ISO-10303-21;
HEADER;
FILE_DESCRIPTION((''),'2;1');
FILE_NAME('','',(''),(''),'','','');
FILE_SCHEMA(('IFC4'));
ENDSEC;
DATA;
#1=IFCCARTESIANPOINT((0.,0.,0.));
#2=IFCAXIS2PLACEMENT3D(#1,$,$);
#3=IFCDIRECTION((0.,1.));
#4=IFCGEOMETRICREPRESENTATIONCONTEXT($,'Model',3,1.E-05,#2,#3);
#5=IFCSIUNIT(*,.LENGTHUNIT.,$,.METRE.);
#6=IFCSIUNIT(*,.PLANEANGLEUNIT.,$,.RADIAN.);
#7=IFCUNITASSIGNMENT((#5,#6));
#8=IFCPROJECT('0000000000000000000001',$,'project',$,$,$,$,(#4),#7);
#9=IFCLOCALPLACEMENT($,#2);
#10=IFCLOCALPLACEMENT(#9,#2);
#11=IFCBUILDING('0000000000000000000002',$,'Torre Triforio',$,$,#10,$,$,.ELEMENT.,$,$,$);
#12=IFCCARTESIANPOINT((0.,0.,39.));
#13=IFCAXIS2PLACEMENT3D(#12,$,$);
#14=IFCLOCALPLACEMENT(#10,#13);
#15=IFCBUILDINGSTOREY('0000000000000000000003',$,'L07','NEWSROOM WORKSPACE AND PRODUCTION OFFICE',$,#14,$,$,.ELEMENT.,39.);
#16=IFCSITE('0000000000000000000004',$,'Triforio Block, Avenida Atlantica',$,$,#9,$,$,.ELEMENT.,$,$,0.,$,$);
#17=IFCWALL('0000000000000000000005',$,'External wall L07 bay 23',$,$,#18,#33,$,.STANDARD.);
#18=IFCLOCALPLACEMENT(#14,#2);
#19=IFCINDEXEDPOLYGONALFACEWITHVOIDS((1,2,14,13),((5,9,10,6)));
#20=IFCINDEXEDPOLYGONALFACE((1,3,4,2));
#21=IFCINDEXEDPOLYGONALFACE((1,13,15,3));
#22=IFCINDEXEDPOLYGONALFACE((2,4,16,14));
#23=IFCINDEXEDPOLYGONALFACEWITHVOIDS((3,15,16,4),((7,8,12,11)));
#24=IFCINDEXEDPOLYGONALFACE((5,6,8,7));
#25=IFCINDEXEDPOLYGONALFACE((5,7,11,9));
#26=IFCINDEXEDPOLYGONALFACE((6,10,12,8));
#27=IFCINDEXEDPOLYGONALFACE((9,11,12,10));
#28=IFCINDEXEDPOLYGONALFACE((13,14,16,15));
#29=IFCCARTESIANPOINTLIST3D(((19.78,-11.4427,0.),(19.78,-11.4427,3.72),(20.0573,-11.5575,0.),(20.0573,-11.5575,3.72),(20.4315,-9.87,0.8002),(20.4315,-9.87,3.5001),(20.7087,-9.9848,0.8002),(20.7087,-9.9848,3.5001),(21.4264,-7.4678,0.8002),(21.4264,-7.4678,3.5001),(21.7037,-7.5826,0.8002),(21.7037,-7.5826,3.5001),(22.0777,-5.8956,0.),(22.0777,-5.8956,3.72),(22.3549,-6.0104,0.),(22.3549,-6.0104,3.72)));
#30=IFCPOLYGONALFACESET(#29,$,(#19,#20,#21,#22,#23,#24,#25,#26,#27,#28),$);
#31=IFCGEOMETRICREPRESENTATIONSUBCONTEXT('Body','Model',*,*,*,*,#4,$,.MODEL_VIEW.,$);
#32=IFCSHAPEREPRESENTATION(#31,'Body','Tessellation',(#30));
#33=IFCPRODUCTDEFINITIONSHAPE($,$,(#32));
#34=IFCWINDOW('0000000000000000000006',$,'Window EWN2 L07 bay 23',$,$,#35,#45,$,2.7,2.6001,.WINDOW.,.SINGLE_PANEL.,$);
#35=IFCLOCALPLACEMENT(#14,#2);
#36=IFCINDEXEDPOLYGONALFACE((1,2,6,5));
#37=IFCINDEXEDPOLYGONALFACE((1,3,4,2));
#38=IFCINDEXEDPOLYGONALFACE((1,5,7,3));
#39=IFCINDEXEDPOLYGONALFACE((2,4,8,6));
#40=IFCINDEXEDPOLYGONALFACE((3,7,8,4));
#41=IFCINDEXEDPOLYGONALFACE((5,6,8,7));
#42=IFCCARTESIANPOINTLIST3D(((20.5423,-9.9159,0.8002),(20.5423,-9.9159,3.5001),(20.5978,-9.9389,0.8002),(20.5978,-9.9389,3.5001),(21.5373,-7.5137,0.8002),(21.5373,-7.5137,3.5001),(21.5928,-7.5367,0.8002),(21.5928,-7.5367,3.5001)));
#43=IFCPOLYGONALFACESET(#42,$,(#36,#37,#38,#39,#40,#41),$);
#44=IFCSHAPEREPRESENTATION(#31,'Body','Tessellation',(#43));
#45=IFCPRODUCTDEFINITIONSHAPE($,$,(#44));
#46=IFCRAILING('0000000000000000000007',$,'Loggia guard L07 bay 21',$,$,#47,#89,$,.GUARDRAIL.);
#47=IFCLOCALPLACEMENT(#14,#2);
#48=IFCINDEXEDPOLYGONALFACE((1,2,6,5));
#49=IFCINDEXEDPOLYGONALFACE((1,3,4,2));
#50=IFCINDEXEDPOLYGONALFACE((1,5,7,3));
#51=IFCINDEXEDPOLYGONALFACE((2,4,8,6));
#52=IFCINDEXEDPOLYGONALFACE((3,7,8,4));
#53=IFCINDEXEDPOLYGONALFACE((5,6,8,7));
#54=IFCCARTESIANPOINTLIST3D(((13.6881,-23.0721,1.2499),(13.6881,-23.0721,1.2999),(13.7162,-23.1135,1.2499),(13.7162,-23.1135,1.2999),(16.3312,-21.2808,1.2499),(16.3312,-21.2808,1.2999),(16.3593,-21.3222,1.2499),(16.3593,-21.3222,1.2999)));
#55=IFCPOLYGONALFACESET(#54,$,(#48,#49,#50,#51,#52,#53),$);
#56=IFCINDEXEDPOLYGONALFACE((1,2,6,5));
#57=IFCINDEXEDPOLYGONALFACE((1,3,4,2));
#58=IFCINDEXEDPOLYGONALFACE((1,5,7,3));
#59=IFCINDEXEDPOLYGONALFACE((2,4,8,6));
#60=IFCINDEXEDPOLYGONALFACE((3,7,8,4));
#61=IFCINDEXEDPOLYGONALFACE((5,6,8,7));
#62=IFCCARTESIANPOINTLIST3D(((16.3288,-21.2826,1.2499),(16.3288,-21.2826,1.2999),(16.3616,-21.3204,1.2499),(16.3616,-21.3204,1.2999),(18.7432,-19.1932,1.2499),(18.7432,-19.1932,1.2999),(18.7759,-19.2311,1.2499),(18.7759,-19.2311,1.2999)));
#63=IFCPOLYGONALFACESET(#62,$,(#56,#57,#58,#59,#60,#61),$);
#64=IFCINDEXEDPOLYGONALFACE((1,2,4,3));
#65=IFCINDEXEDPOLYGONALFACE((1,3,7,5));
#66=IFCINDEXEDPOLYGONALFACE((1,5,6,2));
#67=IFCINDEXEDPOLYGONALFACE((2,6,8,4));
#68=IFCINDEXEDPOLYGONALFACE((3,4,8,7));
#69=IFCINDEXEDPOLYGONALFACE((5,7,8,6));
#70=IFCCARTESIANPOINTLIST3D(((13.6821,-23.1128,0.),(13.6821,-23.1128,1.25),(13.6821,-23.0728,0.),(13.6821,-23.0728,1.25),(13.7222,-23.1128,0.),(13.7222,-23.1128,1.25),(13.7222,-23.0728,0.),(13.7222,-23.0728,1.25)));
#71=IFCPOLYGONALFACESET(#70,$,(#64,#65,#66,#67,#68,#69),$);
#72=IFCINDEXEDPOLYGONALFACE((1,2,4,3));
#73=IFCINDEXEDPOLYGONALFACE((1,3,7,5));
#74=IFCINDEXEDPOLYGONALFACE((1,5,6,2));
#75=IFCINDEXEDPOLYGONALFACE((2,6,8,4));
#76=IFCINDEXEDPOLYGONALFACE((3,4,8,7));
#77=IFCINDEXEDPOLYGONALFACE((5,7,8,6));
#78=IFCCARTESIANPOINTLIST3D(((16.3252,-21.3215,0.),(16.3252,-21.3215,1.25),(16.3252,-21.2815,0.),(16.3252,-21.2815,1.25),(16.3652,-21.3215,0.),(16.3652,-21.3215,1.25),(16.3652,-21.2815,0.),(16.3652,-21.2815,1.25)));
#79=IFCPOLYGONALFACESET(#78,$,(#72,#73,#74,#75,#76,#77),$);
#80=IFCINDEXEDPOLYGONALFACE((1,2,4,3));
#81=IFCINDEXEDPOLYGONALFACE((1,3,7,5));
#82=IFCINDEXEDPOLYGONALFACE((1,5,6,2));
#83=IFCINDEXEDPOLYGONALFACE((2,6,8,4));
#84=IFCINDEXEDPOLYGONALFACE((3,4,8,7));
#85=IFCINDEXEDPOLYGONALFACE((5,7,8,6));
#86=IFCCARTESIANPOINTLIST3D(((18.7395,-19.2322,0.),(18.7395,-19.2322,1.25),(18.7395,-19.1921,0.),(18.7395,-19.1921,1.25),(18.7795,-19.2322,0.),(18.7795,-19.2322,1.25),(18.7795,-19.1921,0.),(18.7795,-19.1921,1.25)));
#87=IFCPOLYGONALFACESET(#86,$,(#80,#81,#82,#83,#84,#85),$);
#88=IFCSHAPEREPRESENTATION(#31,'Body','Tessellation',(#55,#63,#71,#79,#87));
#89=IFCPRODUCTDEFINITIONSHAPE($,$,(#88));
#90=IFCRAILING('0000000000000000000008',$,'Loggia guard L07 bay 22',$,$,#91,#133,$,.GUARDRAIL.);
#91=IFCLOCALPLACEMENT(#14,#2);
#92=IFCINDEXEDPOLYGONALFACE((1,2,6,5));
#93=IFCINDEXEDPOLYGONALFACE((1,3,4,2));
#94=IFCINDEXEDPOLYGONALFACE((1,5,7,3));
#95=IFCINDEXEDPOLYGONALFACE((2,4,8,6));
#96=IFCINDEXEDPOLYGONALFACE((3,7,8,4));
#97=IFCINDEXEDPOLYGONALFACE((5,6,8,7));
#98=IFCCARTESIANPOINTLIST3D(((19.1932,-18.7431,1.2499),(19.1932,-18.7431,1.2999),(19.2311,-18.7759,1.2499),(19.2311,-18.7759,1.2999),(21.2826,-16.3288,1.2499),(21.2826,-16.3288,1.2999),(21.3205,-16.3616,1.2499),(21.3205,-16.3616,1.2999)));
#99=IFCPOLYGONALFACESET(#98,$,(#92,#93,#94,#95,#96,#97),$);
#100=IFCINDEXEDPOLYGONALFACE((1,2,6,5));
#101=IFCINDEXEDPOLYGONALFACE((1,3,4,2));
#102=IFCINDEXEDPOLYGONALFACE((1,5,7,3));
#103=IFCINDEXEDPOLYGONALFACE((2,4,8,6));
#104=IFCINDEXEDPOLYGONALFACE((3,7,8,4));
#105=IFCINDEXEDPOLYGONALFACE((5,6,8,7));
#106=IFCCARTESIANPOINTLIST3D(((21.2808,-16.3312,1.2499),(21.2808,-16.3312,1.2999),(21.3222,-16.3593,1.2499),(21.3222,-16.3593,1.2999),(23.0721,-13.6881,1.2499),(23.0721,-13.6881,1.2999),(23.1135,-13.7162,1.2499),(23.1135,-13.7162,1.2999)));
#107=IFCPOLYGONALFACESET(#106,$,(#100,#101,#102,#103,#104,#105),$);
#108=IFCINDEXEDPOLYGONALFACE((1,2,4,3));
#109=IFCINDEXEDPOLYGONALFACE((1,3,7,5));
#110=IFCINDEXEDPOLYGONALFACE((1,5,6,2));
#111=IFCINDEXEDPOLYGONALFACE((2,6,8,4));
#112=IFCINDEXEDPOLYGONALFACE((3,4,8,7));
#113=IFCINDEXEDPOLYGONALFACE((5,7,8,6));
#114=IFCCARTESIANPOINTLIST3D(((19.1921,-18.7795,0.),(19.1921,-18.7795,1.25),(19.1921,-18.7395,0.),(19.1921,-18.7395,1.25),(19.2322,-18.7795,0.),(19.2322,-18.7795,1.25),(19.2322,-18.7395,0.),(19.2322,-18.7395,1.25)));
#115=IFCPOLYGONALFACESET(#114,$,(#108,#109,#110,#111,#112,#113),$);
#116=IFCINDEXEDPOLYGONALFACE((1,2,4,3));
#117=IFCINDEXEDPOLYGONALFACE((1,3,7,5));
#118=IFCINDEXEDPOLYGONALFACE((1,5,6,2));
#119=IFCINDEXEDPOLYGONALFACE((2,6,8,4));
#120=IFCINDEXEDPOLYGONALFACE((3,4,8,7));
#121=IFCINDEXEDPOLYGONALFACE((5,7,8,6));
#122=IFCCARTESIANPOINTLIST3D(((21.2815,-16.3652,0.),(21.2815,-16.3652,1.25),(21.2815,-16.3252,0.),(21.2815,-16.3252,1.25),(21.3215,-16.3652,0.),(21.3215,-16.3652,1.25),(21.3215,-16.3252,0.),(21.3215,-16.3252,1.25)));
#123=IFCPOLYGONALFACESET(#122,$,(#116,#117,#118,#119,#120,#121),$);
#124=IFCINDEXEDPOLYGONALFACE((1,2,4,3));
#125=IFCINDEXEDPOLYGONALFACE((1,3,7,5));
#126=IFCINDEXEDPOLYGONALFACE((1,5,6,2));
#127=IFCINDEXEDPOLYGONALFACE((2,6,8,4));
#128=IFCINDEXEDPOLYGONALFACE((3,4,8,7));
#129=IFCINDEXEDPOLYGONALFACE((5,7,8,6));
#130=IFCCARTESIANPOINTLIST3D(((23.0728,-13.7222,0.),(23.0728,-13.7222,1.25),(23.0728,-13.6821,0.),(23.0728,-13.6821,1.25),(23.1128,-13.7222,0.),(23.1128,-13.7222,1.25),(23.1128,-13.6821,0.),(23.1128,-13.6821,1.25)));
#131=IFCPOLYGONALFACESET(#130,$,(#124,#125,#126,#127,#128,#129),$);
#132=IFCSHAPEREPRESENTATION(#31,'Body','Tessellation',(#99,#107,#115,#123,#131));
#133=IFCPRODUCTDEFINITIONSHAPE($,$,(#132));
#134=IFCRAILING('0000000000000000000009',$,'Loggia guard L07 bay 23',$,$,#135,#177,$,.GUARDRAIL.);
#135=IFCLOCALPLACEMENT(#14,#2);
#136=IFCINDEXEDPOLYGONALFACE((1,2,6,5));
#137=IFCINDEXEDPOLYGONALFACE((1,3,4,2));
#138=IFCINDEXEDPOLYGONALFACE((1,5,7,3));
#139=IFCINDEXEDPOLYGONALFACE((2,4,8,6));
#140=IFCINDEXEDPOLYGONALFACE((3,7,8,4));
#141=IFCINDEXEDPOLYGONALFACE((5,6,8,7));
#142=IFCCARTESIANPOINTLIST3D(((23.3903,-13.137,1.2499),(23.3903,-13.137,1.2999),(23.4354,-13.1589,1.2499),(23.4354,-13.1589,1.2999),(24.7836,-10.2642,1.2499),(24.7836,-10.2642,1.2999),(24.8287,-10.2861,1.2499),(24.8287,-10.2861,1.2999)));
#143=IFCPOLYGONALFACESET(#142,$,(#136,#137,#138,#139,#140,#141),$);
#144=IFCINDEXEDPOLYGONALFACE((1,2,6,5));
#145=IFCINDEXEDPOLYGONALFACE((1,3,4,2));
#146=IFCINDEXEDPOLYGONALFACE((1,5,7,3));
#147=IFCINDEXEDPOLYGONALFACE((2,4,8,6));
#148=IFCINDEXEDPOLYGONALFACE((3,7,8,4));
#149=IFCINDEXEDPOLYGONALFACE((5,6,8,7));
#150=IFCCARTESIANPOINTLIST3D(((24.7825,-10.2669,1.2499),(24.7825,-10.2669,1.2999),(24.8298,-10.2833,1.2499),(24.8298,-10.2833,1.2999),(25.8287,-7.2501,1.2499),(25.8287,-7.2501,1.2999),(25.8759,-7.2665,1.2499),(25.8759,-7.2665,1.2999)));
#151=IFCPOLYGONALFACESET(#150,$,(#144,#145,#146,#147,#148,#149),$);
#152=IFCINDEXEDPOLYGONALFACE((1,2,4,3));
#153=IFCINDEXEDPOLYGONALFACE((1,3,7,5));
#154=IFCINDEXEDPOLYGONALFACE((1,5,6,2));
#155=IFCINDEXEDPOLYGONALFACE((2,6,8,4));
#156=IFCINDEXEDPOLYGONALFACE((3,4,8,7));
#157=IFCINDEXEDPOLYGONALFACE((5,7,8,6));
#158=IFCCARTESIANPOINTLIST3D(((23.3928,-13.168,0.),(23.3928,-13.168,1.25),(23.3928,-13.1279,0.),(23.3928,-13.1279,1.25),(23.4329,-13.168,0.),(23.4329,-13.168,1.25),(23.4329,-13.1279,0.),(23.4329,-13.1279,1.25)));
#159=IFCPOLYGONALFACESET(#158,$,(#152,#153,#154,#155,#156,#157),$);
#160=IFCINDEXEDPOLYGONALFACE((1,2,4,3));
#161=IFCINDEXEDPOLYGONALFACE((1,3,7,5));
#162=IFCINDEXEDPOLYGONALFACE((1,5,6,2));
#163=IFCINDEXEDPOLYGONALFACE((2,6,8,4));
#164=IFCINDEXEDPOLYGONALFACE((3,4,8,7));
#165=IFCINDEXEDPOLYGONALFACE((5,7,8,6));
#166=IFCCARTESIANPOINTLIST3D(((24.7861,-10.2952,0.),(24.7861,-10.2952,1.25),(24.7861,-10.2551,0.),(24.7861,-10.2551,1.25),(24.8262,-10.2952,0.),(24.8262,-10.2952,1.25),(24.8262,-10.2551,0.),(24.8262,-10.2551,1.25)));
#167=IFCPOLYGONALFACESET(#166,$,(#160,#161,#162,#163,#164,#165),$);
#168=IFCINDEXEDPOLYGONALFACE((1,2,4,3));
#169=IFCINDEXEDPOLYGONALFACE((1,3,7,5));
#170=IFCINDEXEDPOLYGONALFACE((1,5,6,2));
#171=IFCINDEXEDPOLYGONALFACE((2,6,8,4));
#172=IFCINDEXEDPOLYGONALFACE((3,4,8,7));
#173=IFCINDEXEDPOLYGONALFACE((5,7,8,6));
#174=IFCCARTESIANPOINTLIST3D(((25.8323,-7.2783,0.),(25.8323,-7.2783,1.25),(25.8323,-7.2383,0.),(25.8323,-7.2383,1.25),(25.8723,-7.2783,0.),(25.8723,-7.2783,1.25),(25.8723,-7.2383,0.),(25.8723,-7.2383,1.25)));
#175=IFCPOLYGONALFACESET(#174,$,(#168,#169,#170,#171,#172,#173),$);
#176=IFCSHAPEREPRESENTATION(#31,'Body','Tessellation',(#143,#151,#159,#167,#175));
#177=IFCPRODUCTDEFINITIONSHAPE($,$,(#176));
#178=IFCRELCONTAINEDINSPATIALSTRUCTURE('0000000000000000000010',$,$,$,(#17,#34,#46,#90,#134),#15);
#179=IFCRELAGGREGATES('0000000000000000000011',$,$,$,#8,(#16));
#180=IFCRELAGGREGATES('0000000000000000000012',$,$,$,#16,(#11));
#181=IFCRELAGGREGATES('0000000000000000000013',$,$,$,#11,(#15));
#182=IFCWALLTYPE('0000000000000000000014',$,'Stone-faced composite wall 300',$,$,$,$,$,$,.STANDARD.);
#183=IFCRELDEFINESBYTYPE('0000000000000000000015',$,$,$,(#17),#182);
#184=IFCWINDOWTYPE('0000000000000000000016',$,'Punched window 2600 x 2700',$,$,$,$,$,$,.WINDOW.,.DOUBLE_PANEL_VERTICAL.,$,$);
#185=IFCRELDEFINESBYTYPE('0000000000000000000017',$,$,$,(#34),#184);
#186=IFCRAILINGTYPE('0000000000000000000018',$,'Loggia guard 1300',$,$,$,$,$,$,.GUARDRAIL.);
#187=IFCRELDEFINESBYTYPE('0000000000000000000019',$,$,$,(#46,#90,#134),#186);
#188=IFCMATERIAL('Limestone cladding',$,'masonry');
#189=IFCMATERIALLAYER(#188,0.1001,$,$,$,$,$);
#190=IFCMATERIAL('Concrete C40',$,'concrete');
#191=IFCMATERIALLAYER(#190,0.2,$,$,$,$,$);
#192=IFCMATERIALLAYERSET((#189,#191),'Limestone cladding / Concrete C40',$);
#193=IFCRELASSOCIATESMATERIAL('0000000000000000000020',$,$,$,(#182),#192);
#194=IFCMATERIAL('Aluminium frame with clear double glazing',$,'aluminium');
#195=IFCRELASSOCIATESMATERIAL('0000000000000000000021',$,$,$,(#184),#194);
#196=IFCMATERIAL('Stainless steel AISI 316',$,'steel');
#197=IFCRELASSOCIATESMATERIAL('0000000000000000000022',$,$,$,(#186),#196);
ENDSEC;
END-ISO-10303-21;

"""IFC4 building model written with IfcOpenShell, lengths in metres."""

from ifc_helpers import new_model, si_unit, direction, frame, frame_2d, origin, origin_2d, place, context, subcontext, project, spatial, rectangle, extrude, material, layer, layer_set, type_object, element, fill, save


model = new_model("IFC4")

# Units and contexts
model_context = context("Model", 3, precision=1e-05, world=origin(), true_north=direction((0.0, 1.0)))
body_context = subcontext(model_context, "Body", "Model", "MODEL_VIEW")
ifc_project = project(units=[si_unit("LENGTHUNIT", "METRE"), si_unit("PLANEANGLEUNIT", "RADIAN")], contexts=[model_context])

# Site, building, storey
site_placement = place(None, origin())
site = spatial("IfcSite", under=ifc_project, at=site_placement, Name="Triforio Block, Avenida Atlantica", CompositionType="ELEMENT", RefElevation=0.0)
building_placement = place(site_placement, origin())
building = spatial("IfcBuilding", under=site, at=building_placement, Name="Torre Triforio", CompositionType="ELEMENT")
storey_placement = place(building_placement, frame((0.0, 0.0, 39.0)))
storey = spatial("IfcBuildingStorey", under=building, at=storey_placement, Name="L07", Description="NEWSROOM WORKSPACE AND PRODUCTION OFFICE", CompositionType="ELEMENT", Elevation=39.0)

# Shared definitions
ifc_material_1 = material(Name="Limestone cladding", Category="masonry")
ifc_material_2 = material(Name="Concrete C40", Category="concrete")

# Shared definitions
ifc_layer_1 = layer(ifc_material_1, 0.1001)
ifc_layer_2 = layer(ifc_material_2, 0.2)
ifc_layer_set_1 = layer_set([ifc_layer_1, ifc_layer_2], Name="Limestone cladding / Concrete C40")
wall_type_1 = type_object("IfcWallType", Name="Stone-faced composite wall 300", PredefinedType="STANDARD", material=ifc_layer_set_1)
ifc_material_3 = material(Name="Aluminium frame with clear double glazing", Category="aluminium")
window_type_1 = type_object("IfcWindowType", Name="Punched window 2600 x 2700", PartitioningType="DOUBLE_PANEL_VERTICAL", PredefinedType="WINDOW", material=ifc_material_3)

# Wall, opening, window
wall_1_placement = place(storey_placement, frame((19.9187, -11.5, 0.0), z_axis=(0.0, 0.0, 1.0), x_axis=(0.382671, 0.923885, 0.0)))
wall_1 = element("IfcWall", 1, at=wall_1_placement, inside=storey, type_object=wall_type_1, Name="External wall L07 bay 23", PredefinedType="STANDARD", context=body_context, shape_type="SweptSolid", body=[
    extrude(rectangle(XDim=6.0042, YDim=0.3, at=frame_2d((3.002, 0.0))), origin(), (0.0, 0.0, 1.0), 3.72),
])
opening_1_placement = place(wall_1_placement, frame((1.7021, 0.0, 0.8)))
opening_1 = element("IfcOpeningElement", 2, at=opening_1_placement, cuts=wall_1, PredefinedType="OPENING", context=body_context, shape_type="SweptSolid", body=[
    extrude(rectangle(XDim=2.6001, YDim=2.7, at=frame_2d((1.3, 1.3501))), frame((0.0, 0.1599, 0.0), z_axis=(0.0, -1.0, 0.0), x_axis=(1.0, 0.0, 0.0)), (0.0, 0.0, 1.0), 0.3201),
])
window_1_placement = place(opening_1_placement, origin())
window_1 = element("IfcWindow", 3, at=window_1_placement, inside=storey, type_object=window_type_1, Name="Window EWN2 L07 bay 23", OverallHeight=2.7, OverallWidth=2.6001, PartitioningType="SINGLE_PANEL", PredefinedType="WINDOW", context=body_context, shape_type="SweptSolid", body=[
    extrude(rectangle(XDim=2.6001, YDim=2.7, at=frame_2d((1.3, 1.3501))), frame((0.0, 0.03, 0.0), z_axis=(0.0, -1.0, 0.0), x_axis=(1.0, 0.0, 0.0)), (0.0, 0.0, 1.0), 0.0601),
])
fill(opening_1, window_1)

# Railings
ifc_material_4 = material(Name="Stainless steel AISI 316", Category="steel")
railing_type = type_object("IfcRailingType", Name="Loggia guard 1300", PredefinedType="GUARDRAIL", material=ifc_material_4)
railing_1_placement = place(storey_placement, frame((13.7021, -23.0928, 0.0)))
element("IfcRailing", 4, at=railing_1_placement, inside=storey, type_object=railing_type, Name="Loggia guard L07 bay 21", PredefinedType="GUARDRAIL", context=body_context, shape_type="SweptSolid", body=[
    extrude(rectangle(XDim=0.05, YDim=0.05, at=origin_2d()), frame((0.0, 0.0, 1.2749), z_axis=(0.827803, 0.561019, 0.0), x_axis=(-0.561019, 0.827803, 0.0)), (0.0, 0.0, 1.0), 3.1929),
    extrude(rectangle(XDim=0.05, YDim=0.05, at=origin_2d()), frame((2.6431, 1.7913, 1.2749), z_axis=(0.756161, 0.654386, 0.0), x_axis=(-0.654386, 0.756161, 0.0)), (0.0, 0.0, 1.0), 3.1929),
    extrude(rectangle(XDim=0.04, YDim=0.04, at=origin_2d()), origin(), (0.0, 0.0, 1.0), 1.25),
    extrude(rectangle(XDim=0.04, YDim=0.04, at=origin_2d()), frame((2.6431, 1.7913, 0.0)), (0.0, 0.0, 1.0), 1.25),
    extrude(rectangle(XDim=0.04, YDim=0.04, at=origin_2d()), frame((5.0574, 3.8806, 0.0)), (0.0, 0.0, 1.0), 1.25),
])
railing_2_placement = place(storey_placement, frame((19.2122, -18.7595, 0.0)))
element("IfcRailing", 5, at=railing_2_placement, inside=storey, type_object=railing_type, Name="Loggia guard L07 bay 22", PredefinedType="GUARDRAIL", context=body_context, shape_type="SweptSolid", body=[
    extrude(rectangle(XDim=0.05, YDim=0.05, at=origin_2d()), frame((0.0, 0.0, 1.2749), z_axis=(0.654386, 0.756161, 0.0), x_axis=(-0.756161, 0.654386, 0.0)), (0.0, 0.0, 1.0), 3.1929),
    extrude(rectangle(XDim=0.05, YDim=0.05, at=origin_2d()), frame((2.0894, 2.4143, 1.2749), z_axis=(0.561019, 0.827803, 0.0), x_axis=(-0.827803, 0.561019, 0.0)), (0.0, 0.0, 1.0), 3.1929),
    extrude(rectangle(XDim=0.04, YDim=0.04, at=origin_2d()), origin(), (0.0, 0.0, 1.0), 1.25),
    extrude(rectangle(XDim=0.04, YDim=0.04, at=origin_2d()), frame((2.0894, 2.4143, 0.0)), (0.0, 0.0, 1.0), 1.25),
    extrude(rectangle(XDim=0.04, YDim=0.04, at=origin_2d()), frame((3.8806, 5.0574, 0.0)), (0.0, 0.0, 1.0), 1.25),
])
railing_3_placement = place(storey_placement, frame((23.4128, -13.1479, 0.0)))
element("IfcRailing", 6, at=railing_3_placement, inside=storey, type_object=railing_type, Name="Loggia guard L07 bay 23", PredefinedType="GUARDRAIL", context=body_context, shape_type="SweptSolid", body=[
    extrude(rectangle(XDim=0.05, YDim=0.05, at=origin_2d()), frame((0.0, 0.0, 1.2749), z_axis=(0.436384, 0.89976, 0.0), x_axis=(-0.89976, 0.436384, 0.0)), (0.0, 0.0, 1.0), 3.1929),
    extrude(rectangle(XDim=0.05, YDim=0.05, at=origin_2d()), frame((1.3933, 2.8728, 1.2749), z_axis=(0.327628, 0.944807, 0.0), x_axis=(-0.944807, 0.327628, 0.0)), (0.0, 0.0, 1.0), 3.1931),
    extrude(rectangle(XDim=0.04, YDim=0.04, at=origin_2d()), origin(), (0.0, 0.0, 1.0), 1.25),
    extrude(rectangle(XDim=0.04, YDim=0.04, at=origin_2d()), frame((1.3933, 2.8728, 0.0)), (0.0, 0.0, 1.0), 1.25),
    extrude(rectangle(XDim=0.04, YDim=0.04, at=origin_2d()), frame((2.4395, 5.8896, 0.0)), (0.0, 0.0, 1.0), 1.25),
])

save(model, "model.ifc")
